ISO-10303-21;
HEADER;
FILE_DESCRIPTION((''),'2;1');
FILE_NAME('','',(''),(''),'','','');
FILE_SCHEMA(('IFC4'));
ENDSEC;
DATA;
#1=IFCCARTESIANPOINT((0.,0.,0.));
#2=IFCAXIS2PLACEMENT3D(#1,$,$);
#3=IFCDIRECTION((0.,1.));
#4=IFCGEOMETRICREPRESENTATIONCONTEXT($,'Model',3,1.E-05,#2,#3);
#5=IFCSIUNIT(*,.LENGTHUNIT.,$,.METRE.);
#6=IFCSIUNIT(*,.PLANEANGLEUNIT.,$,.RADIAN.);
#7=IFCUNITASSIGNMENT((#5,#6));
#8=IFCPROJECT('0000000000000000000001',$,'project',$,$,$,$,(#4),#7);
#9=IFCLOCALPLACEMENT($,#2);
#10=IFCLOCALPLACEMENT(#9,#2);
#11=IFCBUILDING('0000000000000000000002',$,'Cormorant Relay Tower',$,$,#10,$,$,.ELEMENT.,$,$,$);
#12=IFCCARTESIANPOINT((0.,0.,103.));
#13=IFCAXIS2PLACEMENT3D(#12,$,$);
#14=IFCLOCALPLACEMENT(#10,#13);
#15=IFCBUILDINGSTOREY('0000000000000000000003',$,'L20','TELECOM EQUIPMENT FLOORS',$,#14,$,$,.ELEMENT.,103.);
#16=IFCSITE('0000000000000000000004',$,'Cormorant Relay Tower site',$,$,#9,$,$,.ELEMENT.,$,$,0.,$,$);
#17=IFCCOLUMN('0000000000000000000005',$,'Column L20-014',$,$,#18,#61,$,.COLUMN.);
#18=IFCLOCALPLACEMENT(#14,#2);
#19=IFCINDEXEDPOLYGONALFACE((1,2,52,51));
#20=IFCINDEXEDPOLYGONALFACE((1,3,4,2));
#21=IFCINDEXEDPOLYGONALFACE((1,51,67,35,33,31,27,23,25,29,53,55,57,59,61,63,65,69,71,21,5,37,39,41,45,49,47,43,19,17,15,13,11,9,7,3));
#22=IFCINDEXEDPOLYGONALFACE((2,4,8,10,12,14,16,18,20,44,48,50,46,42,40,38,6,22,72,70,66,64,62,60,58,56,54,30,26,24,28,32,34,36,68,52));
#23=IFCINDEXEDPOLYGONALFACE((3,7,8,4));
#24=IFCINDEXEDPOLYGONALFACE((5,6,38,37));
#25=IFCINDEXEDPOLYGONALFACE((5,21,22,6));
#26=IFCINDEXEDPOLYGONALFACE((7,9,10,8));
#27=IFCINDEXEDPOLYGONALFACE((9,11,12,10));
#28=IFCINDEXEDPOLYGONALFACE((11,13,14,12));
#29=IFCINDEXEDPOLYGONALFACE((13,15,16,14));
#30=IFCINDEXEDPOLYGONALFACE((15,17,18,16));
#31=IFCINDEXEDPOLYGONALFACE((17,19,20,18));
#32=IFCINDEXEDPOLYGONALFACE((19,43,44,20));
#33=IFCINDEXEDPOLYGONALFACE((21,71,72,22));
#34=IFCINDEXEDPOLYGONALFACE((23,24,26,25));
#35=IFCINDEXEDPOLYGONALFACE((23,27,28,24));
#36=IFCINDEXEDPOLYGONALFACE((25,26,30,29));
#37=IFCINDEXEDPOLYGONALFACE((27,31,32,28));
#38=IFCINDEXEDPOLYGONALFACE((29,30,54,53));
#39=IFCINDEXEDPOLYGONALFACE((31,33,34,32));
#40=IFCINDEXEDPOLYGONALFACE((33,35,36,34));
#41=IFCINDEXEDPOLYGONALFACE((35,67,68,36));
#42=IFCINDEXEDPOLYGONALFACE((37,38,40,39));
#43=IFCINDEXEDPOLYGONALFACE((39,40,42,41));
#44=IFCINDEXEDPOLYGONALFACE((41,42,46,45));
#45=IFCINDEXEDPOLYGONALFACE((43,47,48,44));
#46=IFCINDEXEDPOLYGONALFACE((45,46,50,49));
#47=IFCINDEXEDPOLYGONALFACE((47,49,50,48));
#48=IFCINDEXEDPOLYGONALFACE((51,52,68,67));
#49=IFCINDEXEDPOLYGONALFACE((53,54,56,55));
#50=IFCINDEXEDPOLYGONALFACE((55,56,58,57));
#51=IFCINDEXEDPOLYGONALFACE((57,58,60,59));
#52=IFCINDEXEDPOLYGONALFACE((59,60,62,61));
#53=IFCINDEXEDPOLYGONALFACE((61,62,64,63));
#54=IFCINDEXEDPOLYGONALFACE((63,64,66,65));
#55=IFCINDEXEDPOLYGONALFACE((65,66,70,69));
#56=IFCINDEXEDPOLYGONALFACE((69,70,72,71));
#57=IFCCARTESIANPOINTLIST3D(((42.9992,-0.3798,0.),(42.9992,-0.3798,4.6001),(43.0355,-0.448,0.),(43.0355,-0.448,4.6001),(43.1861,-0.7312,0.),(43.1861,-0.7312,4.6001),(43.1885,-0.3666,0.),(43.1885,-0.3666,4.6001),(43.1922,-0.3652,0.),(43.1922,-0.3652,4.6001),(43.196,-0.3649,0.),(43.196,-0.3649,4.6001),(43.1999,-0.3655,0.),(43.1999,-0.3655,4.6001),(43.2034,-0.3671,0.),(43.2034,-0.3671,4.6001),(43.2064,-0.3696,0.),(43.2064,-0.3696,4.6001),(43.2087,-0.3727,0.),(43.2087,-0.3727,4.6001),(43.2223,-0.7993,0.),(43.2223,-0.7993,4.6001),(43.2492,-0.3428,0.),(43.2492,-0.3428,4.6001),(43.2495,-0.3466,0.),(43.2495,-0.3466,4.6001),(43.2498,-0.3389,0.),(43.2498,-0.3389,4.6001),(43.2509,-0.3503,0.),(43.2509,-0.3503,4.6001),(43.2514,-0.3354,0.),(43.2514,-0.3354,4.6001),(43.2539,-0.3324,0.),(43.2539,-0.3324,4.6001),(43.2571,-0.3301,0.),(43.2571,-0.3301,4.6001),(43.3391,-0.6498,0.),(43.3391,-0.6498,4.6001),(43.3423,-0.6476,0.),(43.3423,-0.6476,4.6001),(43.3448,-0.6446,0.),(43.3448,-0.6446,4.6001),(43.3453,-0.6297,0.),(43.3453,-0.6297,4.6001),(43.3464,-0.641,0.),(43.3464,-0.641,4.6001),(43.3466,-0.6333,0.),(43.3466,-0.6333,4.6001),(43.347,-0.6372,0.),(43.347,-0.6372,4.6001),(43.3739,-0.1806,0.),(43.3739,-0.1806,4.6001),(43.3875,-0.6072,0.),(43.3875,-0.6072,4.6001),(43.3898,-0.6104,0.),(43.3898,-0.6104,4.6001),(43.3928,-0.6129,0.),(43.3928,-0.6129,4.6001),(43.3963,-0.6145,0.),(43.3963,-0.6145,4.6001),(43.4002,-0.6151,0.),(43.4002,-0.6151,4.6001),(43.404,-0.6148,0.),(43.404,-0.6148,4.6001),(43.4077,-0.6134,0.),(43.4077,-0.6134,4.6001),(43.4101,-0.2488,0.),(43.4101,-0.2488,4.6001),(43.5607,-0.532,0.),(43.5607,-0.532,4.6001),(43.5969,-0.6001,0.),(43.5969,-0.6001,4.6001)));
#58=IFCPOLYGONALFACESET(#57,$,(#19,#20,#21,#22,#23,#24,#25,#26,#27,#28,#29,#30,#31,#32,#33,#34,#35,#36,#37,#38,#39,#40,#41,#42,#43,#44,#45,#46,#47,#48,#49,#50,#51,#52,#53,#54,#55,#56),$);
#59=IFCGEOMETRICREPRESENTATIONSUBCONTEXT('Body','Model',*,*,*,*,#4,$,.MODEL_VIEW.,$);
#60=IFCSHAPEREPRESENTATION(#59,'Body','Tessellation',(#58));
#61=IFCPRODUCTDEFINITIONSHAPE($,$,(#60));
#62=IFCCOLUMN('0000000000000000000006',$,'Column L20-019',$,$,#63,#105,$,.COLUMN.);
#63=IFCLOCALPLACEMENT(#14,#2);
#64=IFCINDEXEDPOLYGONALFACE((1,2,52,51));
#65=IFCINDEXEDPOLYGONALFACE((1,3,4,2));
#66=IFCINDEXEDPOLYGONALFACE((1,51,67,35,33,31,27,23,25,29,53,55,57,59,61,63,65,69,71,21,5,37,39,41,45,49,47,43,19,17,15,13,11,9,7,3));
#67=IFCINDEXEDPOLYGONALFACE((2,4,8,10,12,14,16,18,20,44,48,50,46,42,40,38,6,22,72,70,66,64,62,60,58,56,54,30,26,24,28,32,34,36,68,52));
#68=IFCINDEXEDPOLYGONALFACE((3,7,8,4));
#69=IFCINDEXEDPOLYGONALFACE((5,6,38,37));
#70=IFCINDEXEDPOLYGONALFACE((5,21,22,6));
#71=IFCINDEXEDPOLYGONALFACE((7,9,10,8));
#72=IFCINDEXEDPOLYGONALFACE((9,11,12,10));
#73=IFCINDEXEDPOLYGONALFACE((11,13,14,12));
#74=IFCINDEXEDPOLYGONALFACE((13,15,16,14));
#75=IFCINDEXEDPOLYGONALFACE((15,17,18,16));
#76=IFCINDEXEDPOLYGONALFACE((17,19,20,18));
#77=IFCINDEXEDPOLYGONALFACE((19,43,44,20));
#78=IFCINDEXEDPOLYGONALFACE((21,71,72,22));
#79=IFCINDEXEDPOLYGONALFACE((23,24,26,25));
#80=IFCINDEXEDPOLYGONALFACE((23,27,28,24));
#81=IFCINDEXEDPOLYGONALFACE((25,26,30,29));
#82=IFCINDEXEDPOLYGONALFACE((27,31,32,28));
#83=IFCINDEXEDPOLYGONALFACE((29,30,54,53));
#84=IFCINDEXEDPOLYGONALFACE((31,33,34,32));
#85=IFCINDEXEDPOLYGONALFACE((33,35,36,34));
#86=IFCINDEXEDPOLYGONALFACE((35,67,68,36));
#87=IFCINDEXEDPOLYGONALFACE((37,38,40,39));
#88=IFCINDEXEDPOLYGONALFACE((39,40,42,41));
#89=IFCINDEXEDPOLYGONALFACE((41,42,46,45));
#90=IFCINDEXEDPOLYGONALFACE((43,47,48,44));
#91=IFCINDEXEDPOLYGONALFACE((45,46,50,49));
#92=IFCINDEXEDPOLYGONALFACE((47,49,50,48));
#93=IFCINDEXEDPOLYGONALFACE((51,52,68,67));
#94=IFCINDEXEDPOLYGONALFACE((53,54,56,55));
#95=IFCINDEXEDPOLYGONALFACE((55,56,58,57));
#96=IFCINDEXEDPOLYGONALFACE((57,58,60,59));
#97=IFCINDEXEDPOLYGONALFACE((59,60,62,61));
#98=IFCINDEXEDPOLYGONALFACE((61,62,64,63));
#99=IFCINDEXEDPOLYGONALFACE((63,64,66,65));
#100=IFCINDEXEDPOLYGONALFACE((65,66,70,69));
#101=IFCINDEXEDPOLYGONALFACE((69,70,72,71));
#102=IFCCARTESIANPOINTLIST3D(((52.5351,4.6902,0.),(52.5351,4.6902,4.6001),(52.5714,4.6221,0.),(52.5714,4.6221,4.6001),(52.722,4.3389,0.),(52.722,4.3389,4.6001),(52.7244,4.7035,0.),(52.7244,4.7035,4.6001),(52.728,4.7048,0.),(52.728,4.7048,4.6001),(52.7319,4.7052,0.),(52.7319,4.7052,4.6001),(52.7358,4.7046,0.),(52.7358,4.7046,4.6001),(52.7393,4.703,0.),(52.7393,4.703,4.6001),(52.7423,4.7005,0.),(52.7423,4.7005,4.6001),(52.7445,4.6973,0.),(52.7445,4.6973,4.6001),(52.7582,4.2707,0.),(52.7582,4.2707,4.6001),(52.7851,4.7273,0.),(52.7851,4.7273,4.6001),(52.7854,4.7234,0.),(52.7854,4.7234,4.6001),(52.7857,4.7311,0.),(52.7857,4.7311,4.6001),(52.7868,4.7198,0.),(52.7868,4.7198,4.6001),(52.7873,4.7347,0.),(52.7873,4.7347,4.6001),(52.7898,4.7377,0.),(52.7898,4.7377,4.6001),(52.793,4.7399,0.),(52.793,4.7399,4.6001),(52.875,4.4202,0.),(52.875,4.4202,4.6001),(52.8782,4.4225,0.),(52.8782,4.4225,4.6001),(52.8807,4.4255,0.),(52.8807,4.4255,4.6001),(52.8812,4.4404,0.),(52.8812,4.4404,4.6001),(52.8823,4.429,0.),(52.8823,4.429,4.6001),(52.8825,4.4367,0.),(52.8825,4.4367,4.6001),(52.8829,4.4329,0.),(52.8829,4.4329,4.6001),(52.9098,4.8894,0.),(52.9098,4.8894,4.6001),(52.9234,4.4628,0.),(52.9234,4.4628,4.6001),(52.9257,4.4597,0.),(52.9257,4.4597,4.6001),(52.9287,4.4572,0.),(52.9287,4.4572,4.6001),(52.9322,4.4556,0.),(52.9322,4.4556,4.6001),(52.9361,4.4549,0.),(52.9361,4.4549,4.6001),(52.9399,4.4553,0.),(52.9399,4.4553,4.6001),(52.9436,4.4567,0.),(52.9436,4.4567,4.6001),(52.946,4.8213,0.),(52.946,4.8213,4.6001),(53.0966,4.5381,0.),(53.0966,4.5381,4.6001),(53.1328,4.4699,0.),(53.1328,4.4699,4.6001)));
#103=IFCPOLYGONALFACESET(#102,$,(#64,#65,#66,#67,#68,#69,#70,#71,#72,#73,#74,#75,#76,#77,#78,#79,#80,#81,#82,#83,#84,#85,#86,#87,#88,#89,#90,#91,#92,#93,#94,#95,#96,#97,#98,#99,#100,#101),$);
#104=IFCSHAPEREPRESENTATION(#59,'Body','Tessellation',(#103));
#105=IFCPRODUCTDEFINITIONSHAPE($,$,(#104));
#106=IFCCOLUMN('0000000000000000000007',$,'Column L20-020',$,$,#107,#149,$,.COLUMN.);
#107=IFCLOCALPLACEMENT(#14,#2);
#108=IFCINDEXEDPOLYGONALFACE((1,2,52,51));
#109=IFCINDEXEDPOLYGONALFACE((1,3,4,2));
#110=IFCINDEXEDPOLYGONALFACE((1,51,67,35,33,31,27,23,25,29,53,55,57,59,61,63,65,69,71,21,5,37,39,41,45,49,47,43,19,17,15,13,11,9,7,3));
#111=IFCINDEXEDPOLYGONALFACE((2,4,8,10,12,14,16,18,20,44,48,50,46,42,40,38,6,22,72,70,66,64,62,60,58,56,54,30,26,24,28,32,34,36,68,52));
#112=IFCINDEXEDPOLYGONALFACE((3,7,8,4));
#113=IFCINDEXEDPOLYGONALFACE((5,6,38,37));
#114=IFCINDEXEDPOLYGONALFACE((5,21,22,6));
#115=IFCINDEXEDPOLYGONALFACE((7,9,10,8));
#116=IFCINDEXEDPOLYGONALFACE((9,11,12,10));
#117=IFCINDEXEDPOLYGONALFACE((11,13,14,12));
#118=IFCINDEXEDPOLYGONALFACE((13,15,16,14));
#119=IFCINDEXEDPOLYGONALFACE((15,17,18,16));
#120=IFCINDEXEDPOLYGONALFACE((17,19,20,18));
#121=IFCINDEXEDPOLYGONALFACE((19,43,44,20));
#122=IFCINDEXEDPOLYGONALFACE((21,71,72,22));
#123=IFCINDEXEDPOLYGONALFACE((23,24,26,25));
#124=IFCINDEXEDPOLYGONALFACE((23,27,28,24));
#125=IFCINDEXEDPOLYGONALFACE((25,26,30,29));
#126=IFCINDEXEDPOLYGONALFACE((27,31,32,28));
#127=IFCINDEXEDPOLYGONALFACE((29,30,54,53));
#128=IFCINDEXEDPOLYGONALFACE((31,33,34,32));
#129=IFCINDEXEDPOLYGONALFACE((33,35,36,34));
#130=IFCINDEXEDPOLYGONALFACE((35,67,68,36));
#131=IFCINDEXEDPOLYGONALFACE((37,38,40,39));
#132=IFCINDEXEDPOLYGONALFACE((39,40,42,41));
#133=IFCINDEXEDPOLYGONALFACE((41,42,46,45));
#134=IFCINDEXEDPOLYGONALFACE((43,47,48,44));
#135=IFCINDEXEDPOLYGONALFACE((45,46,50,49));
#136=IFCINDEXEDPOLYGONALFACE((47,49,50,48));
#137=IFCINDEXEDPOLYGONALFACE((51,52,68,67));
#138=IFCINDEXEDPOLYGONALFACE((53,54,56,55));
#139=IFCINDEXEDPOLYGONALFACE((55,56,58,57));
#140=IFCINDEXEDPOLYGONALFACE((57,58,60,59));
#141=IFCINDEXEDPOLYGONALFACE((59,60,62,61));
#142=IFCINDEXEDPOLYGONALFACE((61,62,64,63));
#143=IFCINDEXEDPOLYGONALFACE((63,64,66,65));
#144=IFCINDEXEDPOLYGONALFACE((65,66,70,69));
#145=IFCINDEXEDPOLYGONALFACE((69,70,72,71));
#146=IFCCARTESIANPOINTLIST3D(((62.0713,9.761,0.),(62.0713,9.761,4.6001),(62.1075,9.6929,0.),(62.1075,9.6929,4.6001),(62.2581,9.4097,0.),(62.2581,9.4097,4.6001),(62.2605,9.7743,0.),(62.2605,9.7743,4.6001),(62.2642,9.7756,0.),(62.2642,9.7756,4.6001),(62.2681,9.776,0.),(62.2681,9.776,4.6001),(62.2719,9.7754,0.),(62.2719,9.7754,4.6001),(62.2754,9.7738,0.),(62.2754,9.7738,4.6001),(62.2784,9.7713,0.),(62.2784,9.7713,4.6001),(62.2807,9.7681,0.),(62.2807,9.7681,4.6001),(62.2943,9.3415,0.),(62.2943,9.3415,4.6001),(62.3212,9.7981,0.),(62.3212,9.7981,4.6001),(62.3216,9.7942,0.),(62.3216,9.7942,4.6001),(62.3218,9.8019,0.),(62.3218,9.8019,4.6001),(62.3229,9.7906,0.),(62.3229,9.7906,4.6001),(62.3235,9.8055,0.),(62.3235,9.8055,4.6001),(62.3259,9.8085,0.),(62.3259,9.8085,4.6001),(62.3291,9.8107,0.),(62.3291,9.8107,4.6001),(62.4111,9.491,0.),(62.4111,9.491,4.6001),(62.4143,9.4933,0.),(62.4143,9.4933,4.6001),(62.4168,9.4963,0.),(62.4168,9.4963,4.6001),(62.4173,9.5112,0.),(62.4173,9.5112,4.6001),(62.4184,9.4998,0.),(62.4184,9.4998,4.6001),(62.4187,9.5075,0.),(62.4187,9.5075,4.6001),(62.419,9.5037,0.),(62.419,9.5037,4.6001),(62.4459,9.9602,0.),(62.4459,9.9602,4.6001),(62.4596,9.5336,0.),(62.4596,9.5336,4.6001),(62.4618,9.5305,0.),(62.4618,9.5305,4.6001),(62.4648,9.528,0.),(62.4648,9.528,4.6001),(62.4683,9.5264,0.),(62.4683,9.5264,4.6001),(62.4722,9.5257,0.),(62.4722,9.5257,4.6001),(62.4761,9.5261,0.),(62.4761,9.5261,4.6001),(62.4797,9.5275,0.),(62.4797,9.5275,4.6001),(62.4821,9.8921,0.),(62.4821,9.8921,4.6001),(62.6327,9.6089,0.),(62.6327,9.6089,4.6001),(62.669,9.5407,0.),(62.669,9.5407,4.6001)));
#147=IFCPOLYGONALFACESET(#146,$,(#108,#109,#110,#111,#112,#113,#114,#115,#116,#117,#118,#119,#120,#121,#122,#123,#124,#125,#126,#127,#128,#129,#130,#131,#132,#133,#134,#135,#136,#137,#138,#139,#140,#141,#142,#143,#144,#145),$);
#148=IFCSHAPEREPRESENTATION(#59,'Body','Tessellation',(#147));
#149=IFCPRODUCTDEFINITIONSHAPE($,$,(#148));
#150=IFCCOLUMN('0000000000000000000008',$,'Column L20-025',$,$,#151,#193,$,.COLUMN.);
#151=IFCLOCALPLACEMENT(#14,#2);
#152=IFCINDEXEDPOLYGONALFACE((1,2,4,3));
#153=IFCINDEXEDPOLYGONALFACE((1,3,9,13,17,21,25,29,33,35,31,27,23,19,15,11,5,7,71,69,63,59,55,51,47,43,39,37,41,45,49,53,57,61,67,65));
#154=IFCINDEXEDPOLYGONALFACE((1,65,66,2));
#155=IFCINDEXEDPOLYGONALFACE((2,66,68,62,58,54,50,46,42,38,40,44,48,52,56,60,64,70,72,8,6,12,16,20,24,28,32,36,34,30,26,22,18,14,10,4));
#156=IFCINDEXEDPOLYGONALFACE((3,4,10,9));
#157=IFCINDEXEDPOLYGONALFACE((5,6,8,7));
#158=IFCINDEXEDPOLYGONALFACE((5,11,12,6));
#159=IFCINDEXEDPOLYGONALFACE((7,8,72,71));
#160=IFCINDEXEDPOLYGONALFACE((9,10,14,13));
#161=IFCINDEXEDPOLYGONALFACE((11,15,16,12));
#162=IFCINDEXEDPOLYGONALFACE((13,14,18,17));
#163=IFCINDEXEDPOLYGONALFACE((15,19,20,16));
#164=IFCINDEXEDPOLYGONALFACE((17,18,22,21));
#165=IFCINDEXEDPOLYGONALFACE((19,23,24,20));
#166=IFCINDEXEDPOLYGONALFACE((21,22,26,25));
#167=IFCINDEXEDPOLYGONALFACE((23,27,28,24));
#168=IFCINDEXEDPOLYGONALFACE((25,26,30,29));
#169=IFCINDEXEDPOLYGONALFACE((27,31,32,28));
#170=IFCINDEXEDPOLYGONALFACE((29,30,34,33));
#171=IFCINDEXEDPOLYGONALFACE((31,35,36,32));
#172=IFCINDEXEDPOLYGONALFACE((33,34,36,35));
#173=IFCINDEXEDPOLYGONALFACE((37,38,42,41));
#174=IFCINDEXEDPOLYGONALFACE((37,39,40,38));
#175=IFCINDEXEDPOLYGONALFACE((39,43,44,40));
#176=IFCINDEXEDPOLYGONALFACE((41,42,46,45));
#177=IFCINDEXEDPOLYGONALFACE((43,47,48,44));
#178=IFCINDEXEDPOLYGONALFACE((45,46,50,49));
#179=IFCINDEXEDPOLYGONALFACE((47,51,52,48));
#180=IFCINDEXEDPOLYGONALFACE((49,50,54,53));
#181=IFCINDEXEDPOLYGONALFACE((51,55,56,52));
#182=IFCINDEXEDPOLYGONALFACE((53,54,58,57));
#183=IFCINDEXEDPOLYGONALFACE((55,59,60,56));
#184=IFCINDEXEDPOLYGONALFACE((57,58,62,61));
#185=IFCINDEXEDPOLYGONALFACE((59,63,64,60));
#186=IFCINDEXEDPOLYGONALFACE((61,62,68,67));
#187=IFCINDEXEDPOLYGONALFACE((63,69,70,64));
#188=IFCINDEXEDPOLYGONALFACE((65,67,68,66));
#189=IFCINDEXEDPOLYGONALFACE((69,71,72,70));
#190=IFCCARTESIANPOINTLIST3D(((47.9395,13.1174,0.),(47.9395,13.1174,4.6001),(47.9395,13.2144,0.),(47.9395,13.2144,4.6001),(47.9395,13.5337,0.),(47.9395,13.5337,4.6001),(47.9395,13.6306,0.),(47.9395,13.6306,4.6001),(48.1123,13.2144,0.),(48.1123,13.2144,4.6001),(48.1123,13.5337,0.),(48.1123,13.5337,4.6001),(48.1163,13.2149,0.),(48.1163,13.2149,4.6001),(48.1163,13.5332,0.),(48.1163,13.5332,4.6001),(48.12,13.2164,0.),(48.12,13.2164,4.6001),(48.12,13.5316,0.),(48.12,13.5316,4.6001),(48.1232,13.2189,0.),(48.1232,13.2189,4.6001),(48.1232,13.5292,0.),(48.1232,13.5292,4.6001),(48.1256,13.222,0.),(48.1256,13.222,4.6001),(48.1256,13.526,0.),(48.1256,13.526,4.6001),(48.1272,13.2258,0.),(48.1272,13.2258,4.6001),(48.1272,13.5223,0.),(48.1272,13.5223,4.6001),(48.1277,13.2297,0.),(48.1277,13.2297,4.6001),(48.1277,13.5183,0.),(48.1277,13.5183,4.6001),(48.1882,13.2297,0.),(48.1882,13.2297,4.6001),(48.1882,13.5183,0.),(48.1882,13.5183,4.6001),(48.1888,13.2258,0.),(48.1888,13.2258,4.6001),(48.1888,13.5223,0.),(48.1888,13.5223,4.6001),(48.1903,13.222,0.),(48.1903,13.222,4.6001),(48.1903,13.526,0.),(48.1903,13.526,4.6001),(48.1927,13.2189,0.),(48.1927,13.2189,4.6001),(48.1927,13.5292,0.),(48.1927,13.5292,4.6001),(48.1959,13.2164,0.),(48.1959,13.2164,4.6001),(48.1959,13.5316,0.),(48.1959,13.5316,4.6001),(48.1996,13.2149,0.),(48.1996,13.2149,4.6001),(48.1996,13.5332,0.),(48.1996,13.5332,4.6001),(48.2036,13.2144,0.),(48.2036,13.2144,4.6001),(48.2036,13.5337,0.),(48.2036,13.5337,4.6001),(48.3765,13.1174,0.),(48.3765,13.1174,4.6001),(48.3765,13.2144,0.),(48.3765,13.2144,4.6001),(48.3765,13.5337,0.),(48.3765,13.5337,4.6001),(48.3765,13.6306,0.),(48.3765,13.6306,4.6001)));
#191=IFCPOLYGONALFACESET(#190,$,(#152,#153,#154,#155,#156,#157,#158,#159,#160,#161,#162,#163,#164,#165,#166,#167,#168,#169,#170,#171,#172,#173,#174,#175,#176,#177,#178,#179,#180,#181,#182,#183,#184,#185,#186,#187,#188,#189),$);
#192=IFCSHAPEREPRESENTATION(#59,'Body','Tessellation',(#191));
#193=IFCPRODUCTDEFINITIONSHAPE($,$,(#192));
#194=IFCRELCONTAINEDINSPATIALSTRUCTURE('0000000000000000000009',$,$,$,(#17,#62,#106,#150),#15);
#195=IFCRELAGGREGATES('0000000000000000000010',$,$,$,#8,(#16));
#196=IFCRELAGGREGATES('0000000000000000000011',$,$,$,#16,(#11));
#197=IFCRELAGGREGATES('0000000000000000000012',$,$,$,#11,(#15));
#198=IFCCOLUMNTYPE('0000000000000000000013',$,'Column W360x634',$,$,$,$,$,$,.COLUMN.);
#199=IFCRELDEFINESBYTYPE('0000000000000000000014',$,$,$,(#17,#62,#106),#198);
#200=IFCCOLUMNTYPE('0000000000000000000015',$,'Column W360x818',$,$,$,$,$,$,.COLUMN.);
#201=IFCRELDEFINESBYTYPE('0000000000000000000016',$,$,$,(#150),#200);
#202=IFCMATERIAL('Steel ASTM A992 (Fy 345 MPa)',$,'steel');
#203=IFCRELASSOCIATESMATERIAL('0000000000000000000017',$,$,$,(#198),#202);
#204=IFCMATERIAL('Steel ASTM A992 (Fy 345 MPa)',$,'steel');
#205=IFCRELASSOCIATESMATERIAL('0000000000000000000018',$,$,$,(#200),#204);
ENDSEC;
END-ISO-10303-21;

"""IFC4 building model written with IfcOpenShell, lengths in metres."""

from ifc_helpers import new_model, si_unit, direction, frame, origin, origin_2d, place, context, subcontext, project, spatial, i_section, extrude, material, material_profile, profile_set, type_object, element, save


model = new_model("IFC4")

# Units and contexts
model_context = context("Model", 3, precision=1e-05, world=origin(), true_north=direction((0.0, 1.0)))
body_context = subcontext(model_context, "Body", "Model", "MODEL_VIEW")
ifc_project = project(units=[si_unit("LENGTHUNIT", "METRE"), si_unit("PLANEANGLEUNIT", "RADIAN")], contexts=[model_context])

# Site, building, storey
site_placement = place(None, origin())
site = spatial("IfcSite", under=ifc_project, at=site_placement, Name="Cormorant Relay Tower site", CompositionType="ELEMENT", RefElevation=0.0)
building_placement = place(site_placement, origin())
building = spatial("IfcBuilding", under=site, at=building_placement, Name="Cormorant Relay Tower", CompositionType="ELEMENT")
storey_placement = place(building_placement, frame((0.0, 0.0, 103.0)))
storey = spatial("IfcBuildingStorey", under=building, at=storey_placement, Name="L20", Description="TELECOM EQUIPMENT FLOORS", CompositionType="ELEMENT", Elevation=103.0)

# Columns
ifc_material_1 = material(Name="Steel ASTM A992 (Fy 345 MPa)", Category="steel")
ifc_material_profile_1 = material_profile(ifc_material_1, i_section(OverallWidth=0.4243, OverallDepth=0.4751, WebThickness=0.0479, FlangeThickness=0.0771, FilletRadius=0.0149, at=origin_2d()), Name="W360x634")
ifc_profile_set_1 = profile_set([ifc_material_profile_1], Name="Steel ASTM A992 (Fy 345 MPa)")
column_type_1 = type_object("IfcColumnType", Name="Column W360x634", PredefinedType="COLUMN", material=ifc_profile_set_1)
for number, where, z_axis, x_axis, name in (
    (1, (43.2981, -0.49, 0.0), (0.0, 0.0, 1.0), (0.882948, 0.469472, 0.0), "Column L20-014"),
    (2, (52.834, 4.5801, 0.0), (0.0, 0.0, 1.0), (0.882948, 0.469472, 0.0), "Column L20-019"),
    (3, (62.3701, 9.6509, 0.0), (0.0, 0.0, 1.0), (0.882948, 0.469472, 0.0), "Column L20-020"),
):
    element("IfcColumn", number, at=place(storey_placement, frame(where, z_axis=z_axis, x_axis=x_axis)), inside=storey, type_object=column_type_1, Name=name, PredefinedType="COLUMN", context=body_context, shape_type="SweptSolid", body=[
        extrude(i_section(OverallWidth=0.4243, OverallDepth=0.4751, WebThickness=0.0479, FlangeThickness=0.0771, FilletRadius=0.0149, at=origin_2d()), origin(), (0.0, 0.0, 1.0), 4.6001),
    ])
ifc_material_2 = material(Name="Steel ASTM A992 (Fy 345 MPa)", Category="steel")
ifc_material_profile_2 = material_profile(ifc_material_2, i_section(OverallWidth=0.437, OverallDepth=0.5132, WebThickness=0.0605, FlangeThickness=0.0969, FilletRadius=0.0154, at=origin_2d()), Name="W360x818")
ifc_profile_set_2 = profile_set([ifc_material_profile_2], Name="Steel ASTM A992 (Fy 345 MPa)")
column_type_2 = type_object("IfcColumnType", Name="Column W360x818", PredefinedType="COLUMN", material=ifc_profile_set_2)
for number, where, z_axis, x_axis, name in (
    (4, (48.158, 13.374, 0.0), (0.0, 0.0, 1.0), (1.0, 0.0, 0.0), "Column L20-025"),
):
    element("IfcColumn", number, at=place(storey_placement, frame(where, z_axis=z_axis, x_axis=x_axis)), inside=storey, type_object=column_type_2, Name=name, PredefinedType="COLUMN", context=body_context, shape_type="SweptSolid", body=[
        extrude(i_section(OverallWidth=0.437, OverallDepth=0.5132, WebThickness=0.0605, FlangeThickness=0.0969, FilletRadius=0.0154, at=origin_2d()), origin(), (0.0, 0.0, 1.0), 4.6001),
    ])

save(model, "model.ifc")
